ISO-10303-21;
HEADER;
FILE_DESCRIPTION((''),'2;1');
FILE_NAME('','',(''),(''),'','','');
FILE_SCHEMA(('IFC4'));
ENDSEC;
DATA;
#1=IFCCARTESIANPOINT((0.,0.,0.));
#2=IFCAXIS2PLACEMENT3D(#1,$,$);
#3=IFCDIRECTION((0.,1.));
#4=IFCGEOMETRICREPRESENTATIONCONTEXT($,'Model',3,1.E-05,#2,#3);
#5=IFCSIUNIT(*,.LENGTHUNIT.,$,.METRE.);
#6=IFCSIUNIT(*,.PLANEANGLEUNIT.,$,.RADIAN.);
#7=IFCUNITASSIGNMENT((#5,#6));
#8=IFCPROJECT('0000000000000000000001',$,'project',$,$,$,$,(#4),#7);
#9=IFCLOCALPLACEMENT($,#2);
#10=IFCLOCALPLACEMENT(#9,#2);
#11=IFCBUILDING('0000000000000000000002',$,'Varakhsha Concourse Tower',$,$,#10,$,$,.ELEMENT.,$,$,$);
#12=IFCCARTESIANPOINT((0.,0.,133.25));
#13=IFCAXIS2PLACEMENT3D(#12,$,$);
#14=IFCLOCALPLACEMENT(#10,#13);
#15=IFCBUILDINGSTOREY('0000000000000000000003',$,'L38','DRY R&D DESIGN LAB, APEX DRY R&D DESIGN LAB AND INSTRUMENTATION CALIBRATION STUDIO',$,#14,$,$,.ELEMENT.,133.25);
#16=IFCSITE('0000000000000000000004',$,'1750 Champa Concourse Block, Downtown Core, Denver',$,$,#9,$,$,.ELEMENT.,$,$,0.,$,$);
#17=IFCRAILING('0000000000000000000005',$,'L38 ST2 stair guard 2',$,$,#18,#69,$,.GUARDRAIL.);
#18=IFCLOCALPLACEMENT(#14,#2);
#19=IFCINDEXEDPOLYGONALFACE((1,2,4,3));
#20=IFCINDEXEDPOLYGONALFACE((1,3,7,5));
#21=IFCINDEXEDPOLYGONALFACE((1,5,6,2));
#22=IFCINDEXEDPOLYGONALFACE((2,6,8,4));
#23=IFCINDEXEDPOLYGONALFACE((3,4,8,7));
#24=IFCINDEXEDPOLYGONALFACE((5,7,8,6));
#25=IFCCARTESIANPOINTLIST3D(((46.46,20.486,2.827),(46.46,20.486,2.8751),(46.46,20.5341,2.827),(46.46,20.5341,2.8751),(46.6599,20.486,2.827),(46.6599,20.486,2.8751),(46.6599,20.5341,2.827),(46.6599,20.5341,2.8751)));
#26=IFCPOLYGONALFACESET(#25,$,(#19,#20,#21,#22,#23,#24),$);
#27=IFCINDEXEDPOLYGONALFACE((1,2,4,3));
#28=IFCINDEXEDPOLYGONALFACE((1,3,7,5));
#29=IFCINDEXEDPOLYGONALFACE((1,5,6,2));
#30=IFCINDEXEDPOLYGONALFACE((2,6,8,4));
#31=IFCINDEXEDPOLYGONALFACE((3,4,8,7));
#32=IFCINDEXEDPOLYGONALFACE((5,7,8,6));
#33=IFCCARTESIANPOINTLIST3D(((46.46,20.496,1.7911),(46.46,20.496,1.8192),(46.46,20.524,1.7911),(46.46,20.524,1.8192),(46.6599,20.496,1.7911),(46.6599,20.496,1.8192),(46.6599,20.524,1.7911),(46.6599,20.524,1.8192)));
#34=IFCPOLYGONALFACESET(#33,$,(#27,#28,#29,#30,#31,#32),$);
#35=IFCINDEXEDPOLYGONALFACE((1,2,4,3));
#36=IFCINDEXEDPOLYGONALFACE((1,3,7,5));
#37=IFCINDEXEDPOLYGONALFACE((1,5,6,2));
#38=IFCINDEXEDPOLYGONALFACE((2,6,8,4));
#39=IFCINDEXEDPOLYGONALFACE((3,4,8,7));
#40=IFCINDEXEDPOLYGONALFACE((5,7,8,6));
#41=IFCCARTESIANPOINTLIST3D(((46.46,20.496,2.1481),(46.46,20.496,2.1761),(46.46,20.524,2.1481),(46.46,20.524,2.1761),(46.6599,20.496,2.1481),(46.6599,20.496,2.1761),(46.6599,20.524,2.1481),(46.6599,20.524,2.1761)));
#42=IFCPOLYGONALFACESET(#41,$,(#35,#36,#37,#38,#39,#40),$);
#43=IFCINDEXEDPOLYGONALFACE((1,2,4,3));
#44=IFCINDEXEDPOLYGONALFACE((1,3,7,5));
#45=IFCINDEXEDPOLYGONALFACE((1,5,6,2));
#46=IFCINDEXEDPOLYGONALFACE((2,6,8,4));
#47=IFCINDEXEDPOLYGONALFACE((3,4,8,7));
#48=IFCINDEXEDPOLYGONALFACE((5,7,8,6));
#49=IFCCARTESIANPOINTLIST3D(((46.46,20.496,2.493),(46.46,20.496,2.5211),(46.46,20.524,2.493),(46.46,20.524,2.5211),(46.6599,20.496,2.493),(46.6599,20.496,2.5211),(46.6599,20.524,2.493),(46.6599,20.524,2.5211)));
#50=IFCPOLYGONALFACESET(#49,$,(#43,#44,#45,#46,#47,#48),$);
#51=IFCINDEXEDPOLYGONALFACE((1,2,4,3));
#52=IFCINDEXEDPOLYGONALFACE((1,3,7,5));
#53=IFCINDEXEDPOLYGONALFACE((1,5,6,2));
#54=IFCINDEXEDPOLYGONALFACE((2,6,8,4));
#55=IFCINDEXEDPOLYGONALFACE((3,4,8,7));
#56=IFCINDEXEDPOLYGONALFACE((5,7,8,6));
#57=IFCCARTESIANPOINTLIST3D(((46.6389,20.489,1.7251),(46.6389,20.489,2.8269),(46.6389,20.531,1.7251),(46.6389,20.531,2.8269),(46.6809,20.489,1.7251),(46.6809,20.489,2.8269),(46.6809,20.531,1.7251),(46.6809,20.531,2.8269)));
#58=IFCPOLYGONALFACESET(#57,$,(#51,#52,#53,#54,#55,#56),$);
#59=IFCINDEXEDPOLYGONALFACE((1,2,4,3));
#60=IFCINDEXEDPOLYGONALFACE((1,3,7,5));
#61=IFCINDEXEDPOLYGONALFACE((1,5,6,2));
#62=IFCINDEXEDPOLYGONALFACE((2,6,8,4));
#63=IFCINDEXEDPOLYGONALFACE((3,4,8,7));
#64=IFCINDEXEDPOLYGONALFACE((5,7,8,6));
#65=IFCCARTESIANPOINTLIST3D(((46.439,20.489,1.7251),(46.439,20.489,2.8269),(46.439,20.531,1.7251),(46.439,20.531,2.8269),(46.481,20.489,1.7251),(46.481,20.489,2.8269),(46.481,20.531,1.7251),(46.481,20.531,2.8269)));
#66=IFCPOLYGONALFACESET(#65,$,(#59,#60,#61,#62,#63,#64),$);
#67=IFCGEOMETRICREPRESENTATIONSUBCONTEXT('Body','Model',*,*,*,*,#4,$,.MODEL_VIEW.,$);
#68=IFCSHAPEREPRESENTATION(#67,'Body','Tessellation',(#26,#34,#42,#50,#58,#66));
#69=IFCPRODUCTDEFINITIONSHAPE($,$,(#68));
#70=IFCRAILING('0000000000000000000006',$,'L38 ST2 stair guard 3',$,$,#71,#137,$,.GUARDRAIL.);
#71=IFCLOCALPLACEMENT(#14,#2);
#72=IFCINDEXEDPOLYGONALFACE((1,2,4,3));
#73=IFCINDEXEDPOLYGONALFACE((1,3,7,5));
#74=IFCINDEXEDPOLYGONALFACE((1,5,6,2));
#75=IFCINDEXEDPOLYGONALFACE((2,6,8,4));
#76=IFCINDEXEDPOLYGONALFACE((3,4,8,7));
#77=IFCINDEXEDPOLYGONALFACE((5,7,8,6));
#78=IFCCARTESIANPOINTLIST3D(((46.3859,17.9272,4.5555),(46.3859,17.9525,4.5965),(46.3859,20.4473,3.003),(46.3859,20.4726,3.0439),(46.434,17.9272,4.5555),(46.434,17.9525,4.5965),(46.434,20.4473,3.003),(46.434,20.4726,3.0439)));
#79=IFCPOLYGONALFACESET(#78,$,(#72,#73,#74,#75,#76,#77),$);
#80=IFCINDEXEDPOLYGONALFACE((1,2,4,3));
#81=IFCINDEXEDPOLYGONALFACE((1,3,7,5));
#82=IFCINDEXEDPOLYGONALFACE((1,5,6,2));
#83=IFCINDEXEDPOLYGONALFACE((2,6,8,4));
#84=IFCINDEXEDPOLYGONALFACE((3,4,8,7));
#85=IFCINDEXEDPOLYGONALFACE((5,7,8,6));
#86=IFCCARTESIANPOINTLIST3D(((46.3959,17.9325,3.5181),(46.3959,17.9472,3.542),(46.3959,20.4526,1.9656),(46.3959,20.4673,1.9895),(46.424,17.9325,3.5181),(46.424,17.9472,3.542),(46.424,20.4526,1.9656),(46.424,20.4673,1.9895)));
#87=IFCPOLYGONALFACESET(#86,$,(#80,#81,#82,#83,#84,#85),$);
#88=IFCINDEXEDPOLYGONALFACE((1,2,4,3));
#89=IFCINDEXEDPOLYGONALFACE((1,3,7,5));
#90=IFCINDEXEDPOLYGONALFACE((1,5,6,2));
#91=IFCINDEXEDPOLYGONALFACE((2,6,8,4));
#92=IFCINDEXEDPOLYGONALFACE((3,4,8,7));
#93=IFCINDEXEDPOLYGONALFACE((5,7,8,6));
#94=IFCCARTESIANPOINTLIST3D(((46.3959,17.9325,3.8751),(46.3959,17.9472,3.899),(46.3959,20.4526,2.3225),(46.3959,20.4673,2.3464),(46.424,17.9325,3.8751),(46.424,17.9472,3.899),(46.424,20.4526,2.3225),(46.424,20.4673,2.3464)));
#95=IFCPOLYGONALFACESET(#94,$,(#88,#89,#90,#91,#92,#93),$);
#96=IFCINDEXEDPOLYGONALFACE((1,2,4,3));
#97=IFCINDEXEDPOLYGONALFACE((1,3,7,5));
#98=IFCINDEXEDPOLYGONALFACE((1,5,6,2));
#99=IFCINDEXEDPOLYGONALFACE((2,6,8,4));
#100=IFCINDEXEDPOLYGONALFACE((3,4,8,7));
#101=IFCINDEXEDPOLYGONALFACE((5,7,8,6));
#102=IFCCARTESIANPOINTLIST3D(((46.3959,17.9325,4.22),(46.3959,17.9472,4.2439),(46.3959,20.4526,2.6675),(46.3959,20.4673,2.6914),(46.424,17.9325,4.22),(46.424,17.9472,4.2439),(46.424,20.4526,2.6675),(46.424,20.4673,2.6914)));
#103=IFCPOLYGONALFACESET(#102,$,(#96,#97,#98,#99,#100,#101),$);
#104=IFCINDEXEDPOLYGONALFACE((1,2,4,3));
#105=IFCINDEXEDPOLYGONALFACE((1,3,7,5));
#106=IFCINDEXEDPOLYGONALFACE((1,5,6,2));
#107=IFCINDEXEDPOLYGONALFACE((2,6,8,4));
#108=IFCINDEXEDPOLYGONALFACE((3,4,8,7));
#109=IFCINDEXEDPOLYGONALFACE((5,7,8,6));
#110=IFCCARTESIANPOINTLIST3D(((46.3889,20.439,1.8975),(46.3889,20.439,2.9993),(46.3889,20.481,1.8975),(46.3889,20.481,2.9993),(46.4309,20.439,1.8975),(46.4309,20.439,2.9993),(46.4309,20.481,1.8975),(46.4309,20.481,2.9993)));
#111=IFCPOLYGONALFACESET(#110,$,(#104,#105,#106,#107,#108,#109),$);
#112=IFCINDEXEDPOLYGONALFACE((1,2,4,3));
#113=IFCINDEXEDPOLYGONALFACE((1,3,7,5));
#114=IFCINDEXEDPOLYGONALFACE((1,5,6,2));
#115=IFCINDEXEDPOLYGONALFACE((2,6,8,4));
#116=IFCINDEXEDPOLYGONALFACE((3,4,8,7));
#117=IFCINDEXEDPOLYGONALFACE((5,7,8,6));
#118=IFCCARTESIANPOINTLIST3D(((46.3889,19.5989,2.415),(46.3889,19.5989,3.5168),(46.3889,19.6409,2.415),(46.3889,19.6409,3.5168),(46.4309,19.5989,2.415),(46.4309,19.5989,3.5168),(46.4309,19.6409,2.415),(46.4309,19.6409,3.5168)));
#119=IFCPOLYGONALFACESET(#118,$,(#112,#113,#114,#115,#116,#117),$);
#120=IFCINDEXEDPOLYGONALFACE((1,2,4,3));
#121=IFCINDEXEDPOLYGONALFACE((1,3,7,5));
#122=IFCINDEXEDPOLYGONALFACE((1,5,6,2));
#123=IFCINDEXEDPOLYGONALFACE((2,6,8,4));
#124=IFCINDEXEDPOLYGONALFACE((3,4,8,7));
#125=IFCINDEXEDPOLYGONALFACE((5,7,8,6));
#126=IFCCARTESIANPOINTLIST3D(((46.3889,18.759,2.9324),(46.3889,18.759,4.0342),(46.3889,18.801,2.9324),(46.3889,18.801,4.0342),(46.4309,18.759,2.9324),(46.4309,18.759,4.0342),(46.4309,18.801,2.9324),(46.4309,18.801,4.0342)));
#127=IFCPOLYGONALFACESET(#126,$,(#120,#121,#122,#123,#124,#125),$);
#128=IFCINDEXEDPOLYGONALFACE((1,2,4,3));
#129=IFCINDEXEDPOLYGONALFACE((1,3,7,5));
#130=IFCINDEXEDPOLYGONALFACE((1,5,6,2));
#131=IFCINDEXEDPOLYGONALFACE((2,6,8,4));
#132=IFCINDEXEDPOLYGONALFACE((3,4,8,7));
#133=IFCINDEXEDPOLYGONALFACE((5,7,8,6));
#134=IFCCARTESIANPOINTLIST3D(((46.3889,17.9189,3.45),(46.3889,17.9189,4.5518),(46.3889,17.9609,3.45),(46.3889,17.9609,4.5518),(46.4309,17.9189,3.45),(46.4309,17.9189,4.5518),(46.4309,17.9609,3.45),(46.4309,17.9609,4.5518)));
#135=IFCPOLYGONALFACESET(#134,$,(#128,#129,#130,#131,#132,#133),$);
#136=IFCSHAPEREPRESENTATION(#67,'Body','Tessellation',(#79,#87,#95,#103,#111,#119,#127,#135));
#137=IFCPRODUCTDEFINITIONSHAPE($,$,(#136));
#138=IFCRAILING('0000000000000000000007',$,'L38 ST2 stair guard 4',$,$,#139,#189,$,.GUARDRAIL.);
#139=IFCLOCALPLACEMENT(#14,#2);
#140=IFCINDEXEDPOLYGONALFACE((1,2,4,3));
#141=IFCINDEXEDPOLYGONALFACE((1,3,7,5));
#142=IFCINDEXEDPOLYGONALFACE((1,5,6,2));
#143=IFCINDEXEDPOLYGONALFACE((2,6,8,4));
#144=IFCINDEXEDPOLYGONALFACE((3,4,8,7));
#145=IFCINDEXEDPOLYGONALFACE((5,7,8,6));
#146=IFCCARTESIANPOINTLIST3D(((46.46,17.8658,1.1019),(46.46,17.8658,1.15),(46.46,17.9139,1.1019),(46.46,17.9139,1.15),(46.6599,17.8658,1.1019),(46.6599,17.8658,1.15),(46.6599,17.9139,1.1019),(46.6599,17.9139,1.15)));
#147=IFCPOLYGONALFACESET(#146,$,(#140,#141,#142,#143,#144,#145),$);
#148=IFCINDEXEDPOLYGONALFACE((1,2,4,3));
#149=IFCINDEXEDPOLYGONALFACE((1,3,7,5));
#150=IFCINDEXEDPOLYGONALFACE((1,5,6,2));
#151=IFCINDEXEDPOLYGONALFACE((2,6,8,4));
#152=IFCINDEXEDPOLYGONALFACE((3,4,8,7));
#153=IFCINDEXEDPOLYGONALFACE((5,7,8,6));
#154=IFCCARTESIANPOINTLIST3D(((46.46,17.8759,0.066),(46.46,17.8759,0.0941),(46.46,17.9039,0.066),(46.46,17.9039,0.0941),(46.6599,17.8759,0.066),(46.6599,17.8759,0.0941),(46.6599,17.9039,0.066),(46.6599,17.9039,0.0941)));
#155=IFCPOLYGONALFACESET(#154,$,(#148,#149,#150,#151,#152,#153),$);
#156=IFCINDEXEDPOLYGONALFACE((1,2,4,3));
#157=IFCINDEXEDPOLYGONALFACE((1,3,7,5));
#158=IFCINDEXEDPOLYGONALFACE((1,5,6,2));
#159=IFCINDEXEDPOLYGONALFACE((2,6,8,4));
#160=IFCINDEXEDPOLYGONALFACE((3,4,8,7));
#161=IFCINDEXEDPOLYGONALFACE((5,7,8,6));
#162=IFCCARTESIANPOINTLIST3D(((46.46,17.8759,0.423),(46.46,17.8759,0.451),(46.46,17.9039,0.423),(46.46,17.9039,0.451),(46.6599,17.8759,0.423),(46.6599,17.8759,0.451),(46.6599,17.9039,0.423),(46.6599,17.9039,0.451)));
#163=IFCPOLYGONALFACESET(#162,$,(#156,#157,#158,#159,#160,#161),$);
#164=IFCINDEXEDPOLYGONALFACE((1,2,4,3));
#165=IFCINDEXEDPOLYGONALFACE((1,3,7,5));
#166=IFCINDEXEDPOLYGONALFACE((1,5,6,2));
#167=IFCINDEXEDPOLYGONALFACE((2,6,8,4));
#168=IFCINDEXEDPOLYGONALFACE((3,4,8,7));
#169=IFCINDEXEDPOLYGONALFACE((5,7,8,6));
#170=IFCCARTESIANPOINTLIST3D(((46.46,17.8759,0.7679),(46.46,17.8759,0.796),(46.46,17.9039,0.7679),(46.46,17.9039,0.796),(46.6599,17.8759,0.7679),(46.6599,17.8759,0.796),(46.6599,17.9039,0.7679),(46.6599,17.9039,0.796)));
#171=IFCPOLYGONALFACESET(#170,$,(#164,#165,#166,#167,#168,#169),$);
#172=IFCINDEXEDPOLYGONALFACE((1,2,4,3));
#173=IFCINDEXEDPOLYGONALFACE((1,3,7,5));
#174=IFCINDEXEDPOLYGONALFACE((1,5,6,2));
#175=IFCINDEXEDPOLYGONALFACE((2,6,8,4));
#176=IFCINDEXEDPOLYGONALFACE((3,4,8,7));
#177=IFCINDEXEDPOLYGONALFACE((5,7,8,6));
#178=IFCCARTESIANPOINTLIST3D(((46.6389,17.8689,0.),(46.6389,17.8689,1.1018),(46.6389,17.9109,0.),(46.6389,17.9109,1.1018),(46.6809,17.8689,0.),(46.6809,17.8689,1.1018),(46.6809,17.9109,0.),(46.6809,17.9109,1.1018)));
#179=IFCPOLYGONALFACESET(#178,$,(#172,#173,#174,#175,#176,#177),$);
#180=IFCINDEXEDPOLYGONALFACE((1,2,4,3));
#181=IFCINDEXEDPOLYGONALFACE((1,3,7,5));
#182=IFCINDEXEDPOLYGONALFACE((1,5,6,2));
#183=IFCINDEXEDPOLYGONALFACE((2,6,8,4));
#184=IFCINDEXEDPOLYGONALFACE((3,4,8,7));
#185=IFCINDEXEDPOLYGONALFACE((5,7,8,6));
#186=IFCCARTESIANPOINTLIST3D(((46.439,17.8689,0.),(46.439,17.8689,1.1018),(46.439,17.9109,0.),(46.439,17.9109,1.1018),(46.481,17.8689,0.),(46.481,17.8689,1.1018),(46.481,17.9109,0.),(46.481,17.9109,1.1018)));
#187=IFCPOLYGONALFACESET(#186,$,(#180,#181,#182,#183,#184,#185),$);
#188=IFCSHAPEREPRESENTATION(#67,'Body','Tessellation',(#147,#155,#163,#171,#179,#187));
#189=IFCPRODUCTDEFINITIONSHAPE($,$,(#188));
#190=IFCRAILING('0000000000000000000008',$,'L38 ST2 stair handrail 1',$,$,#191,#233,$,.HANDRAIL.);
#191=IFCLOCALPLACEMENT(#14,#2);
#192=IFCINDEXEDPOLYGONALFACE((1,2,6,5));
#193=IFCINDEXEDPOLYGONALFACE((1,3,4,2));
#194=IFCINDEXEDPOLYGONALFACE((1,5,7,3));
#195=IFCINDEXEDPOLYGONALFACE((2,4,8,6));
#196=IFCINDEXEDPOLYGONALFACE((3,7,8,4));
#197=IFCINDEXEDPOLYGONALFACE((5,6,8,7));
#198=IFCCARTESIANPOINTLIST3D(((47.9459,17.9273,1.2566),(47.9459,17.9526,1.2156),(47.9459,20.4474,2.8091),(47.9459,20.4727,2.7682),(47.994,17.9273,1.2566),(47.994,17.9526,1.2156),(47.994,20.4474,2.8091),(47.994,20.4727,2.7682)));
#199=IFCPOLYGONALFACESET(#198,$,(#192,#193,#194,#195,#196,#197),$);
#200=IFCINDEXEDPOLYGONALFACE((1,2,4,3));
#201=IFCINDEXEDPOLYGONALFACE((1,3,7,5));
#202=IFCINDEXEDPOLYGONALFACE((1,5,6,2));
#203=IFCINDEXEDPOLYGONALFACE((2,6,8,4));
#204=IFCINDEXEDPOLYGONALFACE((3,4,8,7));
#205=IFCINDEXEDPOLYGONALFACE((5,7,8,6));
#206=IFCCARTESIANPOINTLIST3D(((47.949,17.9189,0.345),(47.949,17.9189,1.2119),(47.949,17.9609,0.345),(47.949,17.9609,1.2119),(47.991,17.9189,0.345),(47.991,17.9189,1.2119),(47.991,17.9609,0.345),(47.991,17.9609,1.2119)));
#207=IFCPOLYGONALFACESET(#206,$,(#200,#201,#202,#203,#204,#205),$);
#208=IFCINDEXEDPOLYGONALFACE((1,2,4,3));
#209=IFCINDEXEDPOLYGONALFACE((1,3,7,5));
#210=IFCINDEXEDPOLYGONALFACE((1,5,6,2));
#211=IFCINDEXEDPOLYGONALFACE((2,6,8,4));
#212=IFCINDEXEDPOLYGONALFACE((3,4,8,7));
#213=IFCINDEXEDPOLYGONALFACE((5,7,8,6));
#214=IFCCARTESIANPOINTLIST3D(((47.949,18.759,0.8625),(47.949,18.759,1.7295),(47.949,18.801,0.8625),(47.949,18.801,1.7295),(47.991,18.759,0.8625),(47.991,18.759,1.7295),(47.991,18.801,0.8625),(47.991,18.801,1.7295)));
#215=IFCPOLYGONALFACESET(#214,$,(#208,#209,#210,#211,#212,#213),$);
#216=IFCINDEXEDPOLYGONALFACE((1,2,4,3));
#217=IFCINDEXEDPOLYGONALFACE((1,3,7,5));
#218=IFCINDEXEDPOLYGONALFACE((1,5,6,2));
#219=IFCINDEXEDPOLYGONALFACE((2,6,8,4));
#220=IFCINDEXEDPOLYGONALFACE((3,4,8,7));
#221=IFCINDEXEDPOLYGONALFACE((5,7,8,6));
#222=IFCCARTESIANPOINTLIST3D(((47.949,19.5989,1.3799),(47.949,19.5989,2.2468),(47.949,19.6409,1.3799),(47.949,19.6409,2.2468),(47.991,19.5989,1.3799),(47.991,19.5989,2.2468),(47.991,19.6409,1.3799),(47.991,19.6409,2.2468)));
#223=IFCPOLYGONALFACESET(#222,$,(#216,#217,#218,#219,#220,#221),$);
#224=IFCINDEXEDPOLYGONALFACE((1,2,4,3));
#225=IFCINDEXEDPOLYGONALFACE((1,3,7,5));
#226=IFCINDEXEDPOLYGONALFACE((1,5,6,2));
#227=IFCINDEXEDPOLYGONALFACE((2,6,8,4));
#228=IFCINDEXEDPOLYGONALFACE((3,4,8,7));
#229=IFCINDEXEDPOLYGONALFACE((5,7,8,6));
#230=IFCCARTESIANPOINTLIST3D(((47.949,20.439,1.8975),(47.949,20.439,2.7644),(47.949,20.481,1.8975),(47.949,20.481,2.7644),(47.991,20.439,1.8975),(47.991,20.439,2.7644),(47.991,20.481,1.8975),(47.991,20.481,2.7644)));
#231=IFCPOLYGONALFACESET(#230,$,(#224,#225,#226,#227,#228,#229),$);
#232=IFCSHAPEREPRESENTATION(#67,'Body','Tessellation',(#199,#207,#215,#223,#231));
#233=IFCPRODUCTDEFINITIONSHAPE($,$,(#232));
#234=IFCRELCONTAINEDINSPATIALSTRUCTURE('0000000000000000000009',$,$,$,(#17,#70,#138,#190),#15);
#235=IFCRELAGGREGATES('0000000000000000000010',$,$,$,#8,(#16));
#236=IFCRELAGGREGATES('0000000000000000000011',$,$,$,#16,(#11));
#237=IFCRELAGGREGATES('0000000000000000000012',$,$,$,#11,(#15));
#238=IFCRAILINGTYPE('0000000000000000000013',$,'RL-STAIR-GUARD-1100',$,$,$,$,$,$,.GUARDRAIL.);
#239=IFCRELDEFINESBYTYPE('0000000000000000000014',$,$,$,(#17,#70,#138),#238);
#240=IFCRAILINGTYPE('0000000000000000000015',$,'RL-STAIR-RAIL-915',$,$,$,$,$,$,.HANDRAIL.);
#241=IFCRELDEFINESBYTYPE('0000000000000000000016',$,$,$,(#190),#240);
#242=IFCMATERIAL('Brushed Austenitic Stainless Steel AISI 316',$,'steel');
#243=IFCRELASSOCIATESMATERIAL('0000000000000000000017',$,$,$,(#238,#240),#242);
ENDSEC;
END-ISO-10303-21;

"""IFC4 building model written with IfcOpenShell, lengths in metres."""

from ifc_helpers import new_model, si_unit, direction, frame, origin, origin_2d, place, context, subcontext, project, spatial, rectangle, extrude, material, type_object, element, save


model = new_model("IFC4")

# Units and contexts
model_context = context("Model", 3, precision=1e-05, world=origin(), true_north=direction((0.0, 1.0)))
body_context = subcontext(model_context, "Body", "Model", "MODEL_VIEW")
ifc_project = project(units=[si_unit("LENGTHUNIT", "METRE"), si_unit("PLANEANGLEUNIT", "RADIAN")], contexts=[model_context])

# Site, building, storey
site_placement = place(None, origin())
site = spatial("IfcSite", under=ifc_project, at=site_placement, Name="1750 Champa Concourse Block, Downtown Core, Denver", CompositionType="ELEMENT", RefElevation=0.0)
building_placement = place(site_placement, origin())
building = spatial("IfcBuilding", under=site, at=building_placement, Name="Varakhsha Concourse Tower", CompositionType="ELEMENT")
storey_placement = place(building_placement, frame((0.0, 0.0, 133.25)))
storey = spatial("IfcBuildingStorey", under=building, at=storey_placement, Name="L38", Description="DRY R&D DESIGN LAB, APEX DRY R&D DESIGN LAB AND INSTRUMENTATION CALIBRATION STUDIO", CompositionType="ELEMENT", Elevation=133.25)

# Railings
ifc_material_1 = material(Name="Brushed Austenitic Stainless Steel AISI 316", Category="steel")
railing_type_1 = type_object("IfcRailingType", Name="RL-STAIR-GUARD-1100", PredefinedType="GUARDRAIL", material=ifc_material_1)
railing_1_placement = place(storey_placement, frame((46.6599, 20.51, 1.7251)))
element("IfcRailing", 1, at=railing_1_placement, inside=storey, type_object=railing_type_1, Name="L38 ST2 stair guard 2", PredefinedType="GUARDRAIL", context=body_context, shape_type="SweptSolid", body=[
    extrude(rectangle(XDim=0.0481, YDim=0.0481, at=origin_2d()), frame((0.0, 0.0, 1.126), z_axis=(-1.0, 0.0, 0.0), x_axis=(0.0, -1.0, 0.0)), (0.0, 0.0, 1.0), 0.2),
    extrude(rectangle(XDim=0.0281, YDim=0.0281, at=origin_2d()), frame((0.0, 0.0, 0.0801), z_axis=(-1.0, 0.0, 0.0), x_axis=(0.0, -1.0, 0.0)), (0.0, 0.0, 1.0), 0.2),
    extrude(rectangle(XDim=0.0281, YDim=0.0281, at=origin_2d()), frame((0.0, 0.0, 0.437), z_axis=(-1.0, 0.0, 0.0), x_axis=(0.0, -1.0, 0.0)), (0.0, 0.0, 1.0), 0.2),
    extrude(rectangle(XDim=0.0281, YDim=0.0281, at=origin_2d()), frame((0.0, 0.0, 0.782), z_axis=(-1.0, 0.0, 0.0), x_axis=(0.0, -1.0, 0.0)), (0.0, 0.0, 1.0), 0.2),
    extrude(rectangle(XDim=0.042, YDim=0.042, at=origin_2d()), origin(), (0.0, 0.0, 1.0), 1.1018),
    extrude(rectangle(XDim=0.042, YDim=0.042, at=origin_2d()), frame((-0.2, 0.0, 0.0)), (0.0, 0.0, 1.0), 1.1018),
])
railing_2_placement = place(storey_placement, frame((46.4099, 20.46, 1.8975)))
element("IfcRailing", 2, at=railing_2_placement, inside=storey, type_object=railing_type_1, Name="L38 ST2 stair guard 3", PredefinedType="GUARDRAIL", context=body_context, shape_type="SweptSolid", body=[
    extrude(rectangle(XDim=0.0481, YDim=0.0481, at=origin_2d()), frame((0.0, 0.0, 1.126), z_axis=(0.0, -0.8514, 0.524516), x_axis=(1.0, 0.0, 0.0)), (0.0, 0.0, 1.0), 2.96),
    extrude(rectangle(XDim=0.0281, YDim=0.0281, at=origin_2d()), frame((0.0, 0.0, 0.0801), z_axis=(0.0, -0.8514, 0.524516), x_axis=(1.0, 0.0, 0.0)), (0.0, 0.0, 1.0), 2.96),
    extrude(rectangle(XDim=0.0281, YDim=0.0281, at=origin_2d()), frame((0.0, 0.0, 0.437), z_axis=(0.0, -0.8514, 0.524516), x_axis=(1.0, 0.0, 0.0)), (0.0, 0.0, 1.0), 2.96),
    extrude(rectangle(XDim=0.0281, YDim=0.0281, at=origin_2d()), frame((0.0, 0.0, 0.782), z_axis=(0.0, -0.8514, 0.524516), x_axis=(1.0, 0.0, 0.0)), (0.0, 0.0, 1.0), 2.96),
    extrude(rectangle(XDim=0.042, YDim=0.042, at=origin_2d()), origin(), (0.0, 0.0, 1.0), 1.1018),
    extrude(rectangle(XDim=0.042, YDim=0.042, at=origin_2d()), frame((0.0, -0.8401, 0.5176)), (0.0, 0.0, 1.0), 1.1018),
    extrude(rectangle(XDim=0.042, YDim=0.042, at=origin_2d()), frame((0.0, -1.6799, 1.0349)), (0.0, 0.0, 1.0), 1.1018),
    extrude(rectangle(XDim=0.042, YDim=0.042, at=origin_2d()), frame((0.0, -2.52, 1.5525)), (0.0, 0.0, 1.0), 1.1018),
])
railing_3_placement = place(storey_placement, frame((46.6599, 17.8899, 0.0)))
element("IfcRailing", 3, at=railing_3_placement, inside=storey, type_object=railing_type_1, Name="L38 ST2 stair guard 4", PredefinedType="GUARDRAIL", context=body_context, shape_type="SweptSolid", body=[
    extrude(rectangle(XDim=0.0481, YDim=0.0481, at=origin_2d()), frame((0.0, 0.0, 1.126), z_axis=(-1.0, 0.0, 0.0), x_axis=(0.0, -1.0, 0.0)), (0.0, 0.0, 1.0), 0.2),
    extrude(rectangle(XDim=0.0281, YDim=0.0281, at=origin_2d()), frame((0.0, 0.0, 0.0801), z_axis=(-1.0, 0.0, 0.0), x_axis=(0.0, -1.0, 0.0)), (0.0, 0.0, 1.0), 0.2),
    extrude(rectangle(XDim=0.0281, YDim=0.0281, at=origin_2d()), frame((0.0, 0.0, 0.437), z_axis=(-1.0, 0.0, 0.0), x_axis=(0.0, -1.0, 0.0)), (0.0, 0.0, 1.0), 0.2),
    extrude(rectangle(XDim=0.0281, YDim=0.0281, at=origin_2d()), frame((0.0, 0.0, 0.782), z_axis=(-1.0, 0.0, 0.0), x_axis=(0.0, -1.0, 0.0)), (0.0, 0.0, 1.0), 0.2),
    extrude(rectangle(XDim=0.042, YDim=0.042, at=origin_2d()), origin(), (0.0, 0.0, 1.0), 1.1018),
    extrude(rectangle(XDim=0.042, YDim=0.042, at=origin_2d()), frame((-0.2, 0.0, 0.0)), (0.0, 0.0, 1.0), 1.1018),
])
railing_type_2 = type_object("IfcRailingType", Name="RL-STAIR-RAIL-915", PredefinedType="HANDRAIL", material=ifc_material_1)
railing_4_placement = place(storey_placement, frame((47.97, 17.9399, 0.345)))
element("IfcRailing", 4, at=railing_4_placement, inside=storey, type_object=railing_type_2, Name="L38 ST2 stair handrail 1", PredefinedType="HANDRAIL", context=body_context, shape_type="SweptSolid", body=[
    extrude(rectangle(XDim=0.0481, YDim=0.0481, at=origin_2d()), frame((0.0, 0.0, 0.8911), z_axis=(0.0, 0.8514, 0.524516), x_axis=(-1.0, 0.0, 0.0)), (0.0, 0.0, 1.0), 2.96),
    extrude(rectangle(XDim=0.042, YDim=0.042, at=origin_2d()), origin(), (0.0, 0.0, 1.0), 0.8669),
    extrude(rectangle(XDim=0.042, YDim=0.042, at=origin_2d()), frame((0.0, 0.8401, 0.5176)), (0.0, 0.0, 1.0), 0.8669),
    extrude(rectangle(XDim=0.042, YDim=0.042, at=origin_2d()), frame((0.0, 1.6799, 1.0349)), (0.0, 0.0, 1.0), 0.8669),
    extrude(rectangle(XDim=0.042, YDim=0.042, at=origin_2d()), frame((0.0, 2.52, 1.5525)), (0.0, 0.0, 1.0), 0.8669),
])

save(model, "model.ifc")
